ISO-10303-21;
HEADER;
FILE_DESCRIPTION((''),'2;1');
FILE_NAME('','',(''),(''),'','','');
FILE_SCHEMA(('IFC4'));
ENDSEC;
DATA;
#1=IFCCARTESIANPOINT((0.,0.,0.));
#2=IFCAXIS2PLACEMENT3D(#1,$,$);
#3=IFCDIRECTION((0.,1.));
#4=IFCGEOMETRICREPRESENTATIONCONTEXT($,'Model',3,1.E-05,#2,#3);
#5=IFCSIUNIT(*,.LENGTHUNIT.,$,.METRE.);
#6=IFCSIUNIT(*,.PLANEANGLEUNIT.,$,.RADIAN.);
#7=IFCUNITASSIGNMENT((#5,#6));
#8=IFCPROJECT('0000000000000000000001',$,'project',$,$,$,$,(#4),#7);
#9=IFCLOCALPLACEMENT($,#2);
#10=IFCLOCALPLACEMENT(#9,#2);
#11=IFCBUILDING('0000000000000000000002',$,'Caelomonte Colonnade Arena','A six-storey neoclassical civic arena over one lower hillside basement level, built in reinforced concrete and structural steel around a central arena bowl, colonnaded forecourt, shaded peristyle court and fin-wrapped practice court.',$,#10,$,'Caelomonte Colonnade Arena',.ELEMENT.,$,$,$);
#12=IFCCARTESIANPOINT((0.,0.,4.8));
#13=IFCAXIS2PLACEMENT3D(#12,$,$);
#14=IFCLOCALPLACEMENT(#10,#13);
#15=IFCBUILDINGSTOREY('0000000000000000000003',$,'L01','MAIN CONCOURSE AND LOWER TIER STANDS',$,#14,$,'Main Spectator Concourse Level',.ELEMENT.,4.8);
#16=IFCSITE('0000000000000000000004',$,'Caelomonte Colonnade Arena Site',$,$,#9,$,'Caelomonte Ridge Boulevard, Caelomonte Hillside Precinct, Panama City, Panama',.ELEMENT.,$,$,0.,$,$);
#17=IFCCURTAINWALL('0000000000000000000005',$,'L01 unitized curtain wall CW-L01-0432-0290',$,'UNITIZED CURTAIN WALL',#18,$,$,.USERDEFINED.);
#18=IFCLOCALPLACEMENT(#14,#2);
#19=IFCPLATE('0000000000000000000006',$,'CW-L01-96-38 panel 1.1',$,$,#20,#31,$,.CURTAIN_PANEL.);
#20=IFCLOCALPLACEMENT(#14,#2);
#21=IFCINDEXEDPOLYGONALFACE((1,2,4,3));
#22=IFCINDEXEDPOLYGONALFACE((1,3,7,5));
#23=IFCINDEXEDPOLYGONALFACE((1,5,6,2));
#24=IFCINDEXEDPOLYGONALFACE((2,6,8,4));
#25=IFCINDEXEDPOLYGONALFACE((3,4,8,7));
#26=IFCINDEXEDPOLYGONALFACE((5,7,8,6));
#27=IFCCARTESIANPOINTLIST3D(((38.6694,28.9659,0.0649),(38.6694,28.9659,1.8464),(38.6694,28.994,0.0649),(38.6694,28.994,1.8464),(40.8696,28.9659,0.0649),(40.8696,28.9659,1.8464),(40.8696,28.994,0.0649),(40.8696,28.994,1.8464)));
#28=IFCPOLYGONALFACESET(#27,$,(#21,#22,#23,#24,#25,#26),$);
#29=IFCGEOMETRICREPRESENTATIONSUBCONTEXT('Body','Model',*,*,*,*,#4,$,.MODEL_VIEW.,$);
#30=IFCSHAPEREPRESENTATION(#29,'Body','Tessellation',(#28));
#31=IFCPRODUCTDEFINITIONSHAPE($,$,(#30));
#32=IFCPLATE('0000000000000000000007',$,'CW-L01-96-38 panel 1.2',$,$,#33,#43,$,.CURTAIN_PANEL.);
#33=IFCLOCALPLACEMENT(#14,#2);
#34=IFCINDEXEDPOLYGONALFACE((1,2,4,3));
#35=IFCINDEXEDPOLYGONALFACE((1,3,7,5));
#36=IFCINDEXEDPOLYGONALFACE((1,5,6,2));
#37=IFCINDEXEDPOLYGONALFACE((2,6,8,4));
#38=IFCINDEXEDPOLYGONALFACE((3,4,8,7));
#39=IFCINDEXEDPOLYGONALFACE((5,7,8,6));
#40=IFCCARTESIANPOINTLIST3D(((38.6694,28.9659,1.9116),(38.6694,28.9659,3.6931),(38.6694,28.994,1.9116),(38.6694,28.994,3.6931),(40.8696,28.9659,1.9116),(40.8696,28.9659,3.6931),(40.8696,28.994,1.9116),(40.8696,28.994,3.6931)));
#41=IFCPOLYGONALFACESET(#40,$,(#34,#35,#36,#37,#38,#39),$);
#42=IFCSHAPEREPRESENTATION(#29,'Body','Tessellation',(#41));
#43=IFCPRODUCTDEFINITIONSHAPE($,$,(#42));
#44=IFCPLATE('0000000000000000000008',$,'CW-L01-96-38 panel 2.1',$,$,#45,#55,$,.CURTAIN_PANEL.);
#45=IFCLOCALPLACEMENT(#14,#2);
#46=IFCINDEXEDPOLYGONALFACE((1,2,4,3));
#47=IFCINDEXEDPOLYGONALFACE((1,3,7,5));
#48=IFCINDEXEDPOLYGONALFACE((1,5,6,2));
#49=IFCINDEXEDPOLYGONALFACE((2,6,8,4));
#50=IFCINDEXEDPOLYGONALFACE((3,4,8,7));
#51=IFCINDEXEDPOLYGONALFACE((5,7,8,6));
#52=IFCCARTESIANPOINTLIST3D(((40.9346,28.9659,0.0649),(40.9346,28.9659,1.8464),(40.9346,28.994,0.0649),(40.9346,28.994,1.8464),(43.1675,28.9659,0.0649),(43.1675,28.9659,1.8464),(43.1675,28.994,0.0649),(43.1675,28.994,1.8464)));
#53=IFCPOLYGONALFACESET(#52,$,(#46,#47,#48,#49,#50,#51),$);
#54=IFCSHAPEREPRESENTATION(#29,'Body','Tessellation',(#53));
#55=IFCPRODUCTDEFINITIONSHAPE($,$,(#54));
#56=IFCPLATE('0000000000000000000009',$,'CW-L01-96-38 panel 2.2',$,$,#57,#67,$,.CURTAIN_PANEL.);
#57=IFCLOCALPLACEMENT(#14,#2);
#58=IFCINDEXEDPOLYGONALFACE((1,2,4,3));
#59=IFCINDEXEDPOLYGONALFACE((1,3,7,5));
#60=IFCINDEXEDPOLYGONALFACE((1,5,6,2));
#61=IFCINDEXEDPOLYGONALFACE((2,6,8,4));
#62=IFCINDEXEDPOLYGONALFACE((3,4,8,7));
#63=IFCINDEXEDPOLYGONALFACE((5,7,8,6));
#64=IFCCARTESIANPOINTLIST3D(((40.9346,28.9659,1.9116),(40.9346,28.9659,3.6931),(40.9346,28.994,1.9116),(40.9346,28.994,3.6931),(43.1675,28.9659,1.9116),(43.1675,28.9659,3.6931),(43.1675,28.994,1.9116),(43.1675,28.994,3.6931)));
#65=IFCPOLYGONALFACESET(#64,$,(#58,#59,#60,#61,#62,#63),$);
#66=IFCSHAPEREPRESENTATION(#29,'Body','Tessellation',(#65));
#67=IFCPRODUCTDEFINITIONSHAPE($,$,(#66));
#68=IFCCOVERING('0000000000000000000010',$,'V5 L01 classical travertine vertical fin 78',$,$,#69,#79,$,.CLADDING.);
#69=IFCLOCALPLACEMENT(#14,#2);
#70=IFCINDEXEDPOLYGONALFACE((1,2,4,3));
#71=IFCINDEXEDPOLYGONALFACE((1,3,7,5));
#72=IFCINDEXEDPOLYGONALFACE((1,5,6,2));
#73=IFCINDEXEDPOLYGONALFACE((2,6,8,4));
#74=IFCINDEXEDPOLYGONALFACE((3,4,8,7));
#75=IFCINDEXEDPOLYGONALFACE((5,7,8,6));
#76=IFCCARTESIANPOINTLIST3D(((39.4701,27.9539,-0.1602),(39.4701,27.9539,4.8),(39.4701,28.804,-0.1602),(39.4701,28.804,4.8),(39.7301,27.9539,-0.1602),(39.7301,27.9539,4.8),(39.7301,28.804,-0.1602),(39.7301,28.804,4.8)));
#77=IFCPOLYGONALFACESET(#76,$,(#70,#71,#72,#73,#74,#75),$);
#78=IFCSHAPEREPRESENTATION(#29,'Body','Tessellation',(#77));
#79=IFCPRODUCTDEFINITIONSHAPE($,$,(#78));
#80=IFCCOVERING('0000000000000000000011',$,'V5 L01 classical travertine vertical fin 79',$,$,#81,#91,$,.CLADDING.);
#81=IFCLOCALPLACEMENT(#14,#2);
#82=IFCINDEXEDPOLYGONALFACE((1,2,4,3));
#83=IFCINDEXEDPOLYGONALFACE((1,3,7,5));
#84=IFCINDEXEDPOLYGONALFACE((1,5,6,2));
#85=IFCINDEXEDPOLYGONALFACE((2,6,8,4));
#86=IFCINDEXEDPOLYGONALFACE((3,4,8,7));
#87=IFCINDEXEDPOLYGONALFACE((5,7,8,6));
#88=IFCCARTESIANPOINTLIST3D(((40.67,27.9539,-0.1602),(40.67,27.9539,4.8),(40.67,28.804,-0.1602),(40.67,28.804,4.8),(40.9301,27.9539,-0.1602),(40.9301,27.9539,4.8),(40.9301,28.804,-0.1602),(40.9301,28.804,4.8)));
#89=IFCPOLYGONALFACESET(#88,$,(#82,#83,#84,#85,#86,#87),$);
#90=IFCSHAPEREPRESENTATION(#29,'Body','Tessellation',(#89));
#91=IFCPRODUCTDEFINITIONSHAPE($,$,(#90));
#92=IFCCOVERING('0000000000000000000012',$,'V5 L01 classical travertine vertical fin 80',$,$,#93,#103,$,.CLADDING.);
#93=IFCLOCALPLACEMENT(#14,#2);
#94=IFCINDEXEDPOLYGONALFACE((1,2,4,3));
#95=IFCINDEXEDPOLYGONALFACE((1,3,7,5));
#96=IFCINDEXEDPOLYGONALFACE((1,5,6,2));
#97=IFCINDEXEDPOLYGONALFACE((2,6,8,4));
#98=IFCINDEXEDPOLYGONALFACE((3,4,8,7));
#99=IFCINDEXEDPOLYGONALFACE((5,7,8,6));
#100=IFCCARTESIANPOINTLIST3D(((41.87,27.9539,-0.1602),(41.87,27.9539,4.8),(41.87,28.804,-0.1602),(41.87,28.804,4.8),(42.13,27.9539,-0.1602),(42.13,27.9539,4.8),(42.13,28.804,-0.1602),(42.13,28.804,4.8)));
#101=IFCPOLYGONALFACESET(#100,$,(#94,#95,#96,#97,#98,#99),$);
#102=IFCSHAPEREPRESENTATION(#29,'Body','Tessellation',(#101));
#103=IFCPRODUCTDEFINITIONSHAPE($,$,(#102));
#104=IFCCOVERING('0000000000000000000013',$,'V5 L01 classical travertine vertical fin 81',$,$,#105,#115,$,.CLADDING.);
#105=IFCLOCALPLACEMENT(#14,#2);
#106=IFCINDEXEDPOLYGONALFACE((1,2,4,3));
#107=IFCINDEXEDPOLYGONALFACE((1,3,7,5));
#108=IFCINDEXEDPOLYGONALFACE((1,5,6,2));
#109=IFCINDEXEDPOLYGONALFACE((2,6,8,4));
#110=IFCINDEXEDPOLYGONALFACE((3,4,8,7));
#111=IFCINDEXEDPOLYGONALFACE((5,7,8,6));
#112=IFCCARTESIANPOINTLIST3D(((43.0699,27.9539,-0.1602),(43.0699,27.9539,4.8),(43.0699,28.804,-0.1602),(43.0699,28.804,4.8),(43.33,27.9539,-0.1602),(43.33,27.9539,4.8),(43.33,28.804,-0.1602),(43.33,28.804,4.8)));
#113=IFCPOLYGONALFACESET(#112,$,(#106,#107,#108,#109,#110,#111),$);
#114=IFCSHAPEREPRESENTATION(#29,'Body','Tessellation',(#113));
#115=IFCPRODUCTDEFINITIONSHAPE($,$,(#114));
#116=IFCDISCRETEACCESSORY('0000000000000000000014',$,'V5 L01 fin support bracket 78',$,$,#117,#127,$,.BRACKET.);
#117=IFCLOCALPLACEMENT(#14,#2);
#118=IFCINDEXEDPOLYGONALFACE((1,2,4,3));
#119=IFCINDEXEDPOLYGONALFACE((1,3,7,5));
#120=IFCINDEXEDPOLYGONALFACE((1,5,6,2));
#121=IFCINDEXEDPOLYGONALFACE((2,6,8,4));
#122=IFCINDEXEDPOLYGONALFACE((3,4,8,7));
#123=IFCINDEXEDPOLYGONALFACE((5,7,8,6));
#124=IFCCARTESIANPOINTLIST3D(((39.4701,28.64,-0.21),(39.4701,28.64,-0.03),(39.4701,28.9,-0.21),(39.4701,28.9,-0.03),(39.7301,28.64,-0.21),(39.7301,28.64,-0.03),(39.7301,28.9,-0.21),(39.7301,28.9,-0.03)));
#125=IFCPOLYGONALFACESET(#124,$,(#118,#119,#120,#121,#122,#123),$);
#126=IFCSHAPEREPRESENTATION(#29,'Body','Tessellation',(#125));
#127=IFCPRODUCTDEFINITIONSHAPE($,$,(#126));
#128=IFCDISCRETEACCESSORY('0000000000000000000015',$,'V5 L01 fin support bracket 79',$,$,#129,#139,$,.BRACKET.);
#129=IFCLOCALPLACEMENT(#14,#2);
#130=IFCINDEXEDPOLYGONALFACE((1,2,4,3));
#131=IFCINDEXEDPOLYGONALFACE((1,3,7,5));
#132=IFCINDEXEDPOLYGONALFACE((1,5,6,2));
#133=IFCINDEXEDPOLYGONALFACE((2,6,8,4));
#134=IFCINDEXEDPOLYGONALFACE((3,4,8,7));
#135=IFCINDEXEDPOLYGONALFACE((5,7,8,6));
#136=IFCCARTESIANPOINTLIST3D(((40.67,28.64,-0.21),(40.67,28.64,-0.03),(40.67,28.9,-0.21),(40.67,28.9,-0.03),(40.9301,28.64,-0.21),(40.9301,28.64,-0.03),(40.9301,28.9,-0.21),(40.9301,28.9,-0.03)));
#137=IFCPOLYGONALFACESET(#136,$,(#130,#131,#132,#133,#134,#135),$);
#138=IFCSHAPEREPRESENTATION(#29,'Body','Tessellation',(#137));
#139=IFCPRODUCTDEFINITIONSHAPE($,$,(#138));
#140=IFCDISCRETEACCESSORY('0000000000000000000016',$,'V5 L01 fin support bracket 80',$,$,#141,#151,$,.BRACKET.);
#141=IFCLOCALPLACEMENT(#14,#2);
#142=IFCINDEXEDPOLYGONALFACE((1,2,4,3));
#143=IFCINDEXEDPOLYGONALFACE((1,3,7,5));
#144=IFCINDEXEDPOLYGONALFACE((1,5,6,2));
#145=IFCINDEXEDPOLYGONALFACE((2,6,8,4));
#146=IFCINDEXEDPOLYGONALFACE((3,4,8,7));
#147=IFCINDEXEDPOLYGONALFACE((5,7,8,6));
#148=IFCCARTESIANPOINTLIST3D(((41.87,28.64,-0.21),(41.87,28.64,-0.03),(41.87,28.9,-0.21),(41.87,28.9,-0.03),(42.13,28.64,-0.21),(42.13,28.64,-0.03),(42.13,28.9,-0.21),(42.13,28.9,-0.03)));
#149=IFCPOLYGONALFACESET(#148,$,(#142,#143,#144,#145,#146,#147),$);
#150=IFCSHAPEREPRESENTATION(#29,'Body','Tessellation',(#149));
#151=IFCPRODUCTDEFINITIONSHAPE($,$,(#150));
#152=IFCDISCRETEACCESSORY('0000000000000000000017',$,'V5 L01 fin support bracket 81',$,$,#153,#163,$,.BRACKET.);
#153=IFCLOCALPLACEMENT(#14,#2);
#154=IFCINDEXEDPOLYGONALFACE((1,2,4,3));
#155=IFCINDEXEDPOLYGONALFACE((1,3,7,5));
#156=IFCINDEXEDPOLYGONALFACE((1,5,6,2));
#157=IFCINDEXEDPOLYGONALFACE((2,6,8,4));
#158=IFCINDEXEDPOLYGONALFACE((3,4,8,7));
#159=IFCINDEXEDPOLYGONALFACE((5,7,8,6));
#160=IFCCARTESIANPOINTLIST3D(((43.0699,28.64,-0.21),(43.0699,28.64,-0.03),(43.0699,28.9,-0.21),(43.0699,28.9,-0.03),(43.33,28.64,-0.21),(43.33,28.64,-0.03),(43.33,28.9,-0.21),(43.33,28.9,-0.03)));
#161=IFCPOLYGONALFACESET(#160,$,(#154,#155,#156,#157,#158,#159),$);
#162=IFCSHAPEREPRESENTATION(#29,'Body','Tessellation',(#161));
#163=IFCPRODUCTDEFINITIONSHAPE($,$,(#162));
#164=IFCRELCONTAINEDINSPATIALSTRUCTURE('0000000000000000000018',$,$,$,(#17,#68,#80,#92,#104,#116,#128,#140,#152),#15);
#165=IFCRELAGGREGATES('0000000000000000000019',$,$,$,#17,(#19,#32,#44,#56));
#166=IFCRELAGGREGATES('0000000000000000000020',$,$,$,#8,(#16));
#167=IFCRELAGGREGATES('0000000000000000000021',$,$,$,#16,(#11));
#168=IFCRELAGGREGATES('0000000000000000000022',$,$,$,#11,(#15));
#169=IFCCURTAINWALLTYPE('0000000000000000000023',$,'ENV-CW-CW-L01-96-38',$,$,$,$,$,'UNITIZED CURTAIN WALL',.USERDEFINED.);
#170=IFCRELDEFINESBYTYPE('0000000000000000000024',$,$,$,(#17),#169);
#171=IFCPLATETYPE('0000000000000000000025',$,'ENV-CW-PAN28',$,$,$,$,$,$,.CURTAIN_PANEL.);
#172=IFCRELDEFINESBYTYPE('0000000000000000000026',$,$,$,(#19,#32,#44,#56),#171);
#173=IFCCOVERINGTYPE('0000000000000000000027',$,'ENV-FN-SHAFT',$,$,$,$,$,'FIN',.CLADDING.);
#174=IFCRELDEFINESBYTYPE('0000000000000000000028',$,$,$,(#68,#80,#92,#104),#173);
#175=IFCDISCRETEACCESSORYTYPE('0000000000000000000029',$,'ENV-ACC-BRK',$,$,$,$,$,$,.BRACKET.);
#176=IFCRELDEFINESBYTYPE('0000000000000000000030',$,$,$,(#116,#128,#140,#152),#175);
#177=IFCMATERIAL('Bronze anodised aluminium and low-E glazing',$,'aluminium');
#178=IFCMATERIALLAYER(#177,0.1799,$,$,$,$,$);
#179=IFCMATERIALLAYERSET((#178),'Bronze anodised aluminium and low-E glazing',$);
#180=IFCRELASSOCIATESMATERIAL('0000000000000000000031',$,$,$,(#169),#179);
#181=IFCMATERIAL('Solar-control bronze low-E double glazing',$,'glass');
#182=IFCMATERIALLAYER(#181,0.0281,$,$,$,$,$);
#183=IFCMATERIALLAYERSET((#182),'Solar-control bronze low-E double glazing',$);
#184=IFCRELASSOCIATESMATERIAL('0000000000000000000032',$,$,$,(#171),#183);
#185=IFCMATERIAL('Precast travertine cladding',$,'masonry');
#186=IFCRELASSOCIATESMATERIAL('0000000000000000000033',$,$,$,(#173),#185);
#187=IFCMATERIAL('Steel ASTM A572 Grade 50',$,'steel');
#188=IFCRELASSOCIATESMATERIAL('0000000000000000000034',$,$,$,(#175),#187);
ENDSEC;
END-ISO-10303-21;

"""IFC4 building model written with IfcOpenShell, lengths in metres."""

from ifc_helpers import new_model, si_unit, direction, frame, origin, origin_2d, place, context, subcontext, project, spatial, rectangle, extrude, material, layer, layer_set, material_profile, profile_set, type_object, element, aggregate, save


model = new_model("IFC4")

# Units and contexts
model_context = context("Model", 3, precision=1e-05, world=origin(), true_north=direction((0.0, 1.0)))
body_context = subcontext(model_context, "Body", "Model", "MODEL_VIEW")
ifc_project = project(units=[si_unit("LENGTHUNIT", "METRE"), si_unit("PLANEANGLEUNIT", "RADIAN")], contexts=[model_context])

# Site, building, storey
site_placement = place(None, origin())
site = spatial("IfcSite", under=ifc_project, at=site_placement, Name="Caelomonte Colonnade Arena Site", LongName="Caelomonte Ridge Boulevard, Caelomonte Hillside Precinct, Panama City, Panama", CompositionType="ELEMENT", RefElevation=0.0)
building_placement = place(site_placement, origin())
building = spatial("IfcBuilding", under=site, at=building_placement, Name="Caelomonte Colonnade Arena", Description="A six-storey neoclassical civic arena over one lower hillside basement level, built in reinforced concrete and structural steel around a central arena bowl, colonnaded forecourt, shaded peristyle court and fin-wrapped practice court.", LongName="Caelomonte Colonnade Arena", CompositionType="ELEMENT")
storey_placement = place(building_placement, frame((0.0, 0.0, 4.8)))
storey = spatial("IfcBuildingStorey", under=building, at=storey_placement, Name="L01", Description="MAIN CONCOURSE AND LOWER TIER STANDS", LongName="Main Spectator Concourse Level", CompositionType="ELEMENT", Elevation=4.8)

# Curtain wall
ifc_material_1 = material(Name="Bronze anodised aluminium and low-E glazing", Category="aluminium")
ifc_layer_1 = layer(ifc_material_1, 0.1799)
ifc_layer_set_1 = layer_set([ifc_layer_1], Name="Bronze anodised aluminium and low-E glazing")
curtain_wall_type = type_object("IfcCurtainWallType", Name="ENV-CW-CW-L01-96-38", ElementType="UNITIZED CURTAIN WALL", PredefinedType="USERDEFINED", material=ifc_layer_set_1)
curtain_wall_placement = place(storey_placement, origin())
curtain_wall = element("IfcCurtainWall", 1, at=curtain_wall_placement, inside=storey, type_object=curtain_wall_type, Name="L01 unitized curtain wall CW-L01-0432-0290", ObjectType="UNITIZED CURTAIN WALL", PredefinedType="USERDEFINED")

# Plates
ifc_material_2 = material(Name="Solar-control bronze low-E double glazing", Category="glass")
ifc_layer_2 = layer(ifc_material_2, 0.0281)
ifc_layer_set_2 = layer_set([ifc_layer_2], Name="Solar-control bronze low-E double glazing")
plate_type = type_object("IfcPlateType", Name="ENV-CW-PAN28", PredefinedType="CURTAIN_PANEL", material=ifc_layer_set_2)
plate_1_placement = place(storey_placement, frame((39.7695, 28.98, 0.0649), z_axis=(0.0, 0.0, 1.0), x_axis=(1.0, 0.0, 0.0)))
plate_1 = element("IfcPlate", 2, at=plate_1_placement, type_object=plate_type, Name="CW-L01-96-38 panel 1.1", PredefinedType="CURTAIN_PANEL", context=body_context, shape_type="SweptSolid", body=[
    extrude(rectangle(XDim=2.2002, YDim=0.0281, at=origin_2d()), origin(), (0.0, 0.0, 1.0), 1.7815),
])
plate_2_placement = place(storey_placement, frame((39.7695, 28.98, 1.9116), z_axis=(0.0, 0.0, 1.0), x_axis=(1.0, 0.0, 0.0)))
plate_2 = element("IfcPlate", 3, at=plate_2_placement, type_object=plate_type, Name="CW-L01-96-38 panel 1.2", PredefinedType="CURTAIN_PANEL", context=body_context, shape_type="SweptSolid", body=[
    extrude(rectangle(XDim=2.2002, YDim=0.0281, at=origin_2d()), origin(), (0.0, 0.0, 1.0), 1.7815),
])
plate_3_placement = place(storey_placement, frame((42.051, 28.98, 0.0649), z_axis=(0.0, 0.0, 1.0), x_axis=(1.0, 0.0, 0.0)))
plate_3 = element("IfcPlate", 4, at=plate_3_placement, type_object=plate_type, Name="CW-L01-96-38 panel 2.1", PredefinedType="CURTAIN_PANEL", context=body_context, shape_type="SweptSolid", body=[
    extrude(rectangle(XDim=2.2329, YDim=0.0281, at=origin_2d()), origin(), (0.0, 0.0, 1.0), 1.7815),
])
plate_4_placement = place(storey_placement, frame((42.051, 28.98, 1.9116), z_axis=(0.0, 0.0, 1.0), x_axis=(1.0, 0.0, 0.0)))
plate_4 = element("IfcPlate", 5, at=plate_4_placement, type_object=plate_type, Name="CW-L01-96-38 panel 2.2", PredefinedType="CURTAIN_PANEL", context=body_context, shape_type="SweptSolid", body=[
    extrude(rectangle(XDim=2.2329, YDim=0.0281, at=origin_2d()), origin(), (0.0, 0.0, 1.0), 1.7815),
])
aggregate(curtain_wall, [plate_1, plate_2, plate_3, plate_4])

# Coverings
ifc_material_3 = material(Name="Precast travertine cladding", Category="masonry")
ifc_material_profile_1 = material_profile(ifc_material_3, rectangle(XDim=0.26, YDim=0.8501, at=origin_2d()), Name="FIN260X850")
ifc_profile_set_1 = profile_set([ifc_material_profile_1], Name="Precast travertine cladding")
covering_type = type_object("IfcCoveringType", Name="ENV-FN-SHAFT", ElementType="FIN", PredefinedType="CLADDING", material=ifc_profile_set_1)
for number, where, z_axis, x_axis, name in (
    (6, (39.6001, 28.3789, -0.1602), (0.0, 0.0, 1.0), (-1.0, 0.0, 0.0), "V5 L01 classical travertine vertical fin 78"),
    (7, (40.8, 28.3789, -0.1602), (0.0, 0.0, 1.0), (-1.0, 0.0, 0.0), "V5 L01 classical travertine vertical fin 79"),
    (8, (42.0, 28.3789, -0.1602), (0.0, 0.0, 1.0), (-1.0, 0.0, 0.0), "V5 L01 classical travertine vertical fin 80"),
    (9, (43.2, 28.3789, -0.1602), (0.0, 0.0, 1.0), (-1.0, 0.0, 0.0), "V5 L01 classical travertine vertical fin 81"),
):
    element("IfcCovering", number, at=place(storey_placement, frame(where, z_axis=z_axis, x_axis=x_axis)), inside=storey, type_object=covering_type, Name=name, PredefinedType="CLADDING", context=body_context, shape_type="SweptSolid", body=[
        extrude(rectangle(XDim=0.26, YDim=0.8501, at=origin_2d()), origin(), (0.0, 0.0, 1.0), 4.9602),
    ])

# Discrete accessories
ifc_material_4 = material(Name="Steel ASTM A572 Grade 50", Category="steel")
discrete_accessory_type = type_object("IfcDiscreteAccessoryType", Name="ENV-ACC-BRK", PredefinedType="BRACKET", material=ifc_material_4)
for number, where, z_axis, x_axis, name in (
    (10, (39.6001, 28.77, -0.21), (0.0, 0.0, 1.0), (1.0, 0.0, 0.0), "V5 L01 fin support bracket 78"),
    (11, (40.8, 28.77, -0.21), (0.0, 0.0, 1.0), (1.0, 0.0, 0.0), "V5 L01 fin support bracket 79"),
    (12, (42.0, 28.77, -0.21), (0.0, 0.0, 1.0), (1.0, 0.0, 0.0), "V5 L01 fin support bracket 80"),
    (13, (43.2, 28.77, -0.21), (0.0, 0.0, 1.0), (1.0, 0.0, 0.0), "V5 L01 fin support bracket 81"),
):
    element("IfcDiscreteAccessory", number, at=place(storey_placement, frame(where, z_axis=z_axis, x_axis=x_axis)), inside=storey, type_object=discrete_accessory_type, Name=name, PredefinedType="BRACKET", context=body_context, shape_type="SweptSolid", body=[
        extrude(rectangle(XDim=0.26, YDim=0.26, at=origin_2d()), origin(), (0.0, 0.0, 1.0), 0.1799),
    ])

save(model, "model.ifc")
